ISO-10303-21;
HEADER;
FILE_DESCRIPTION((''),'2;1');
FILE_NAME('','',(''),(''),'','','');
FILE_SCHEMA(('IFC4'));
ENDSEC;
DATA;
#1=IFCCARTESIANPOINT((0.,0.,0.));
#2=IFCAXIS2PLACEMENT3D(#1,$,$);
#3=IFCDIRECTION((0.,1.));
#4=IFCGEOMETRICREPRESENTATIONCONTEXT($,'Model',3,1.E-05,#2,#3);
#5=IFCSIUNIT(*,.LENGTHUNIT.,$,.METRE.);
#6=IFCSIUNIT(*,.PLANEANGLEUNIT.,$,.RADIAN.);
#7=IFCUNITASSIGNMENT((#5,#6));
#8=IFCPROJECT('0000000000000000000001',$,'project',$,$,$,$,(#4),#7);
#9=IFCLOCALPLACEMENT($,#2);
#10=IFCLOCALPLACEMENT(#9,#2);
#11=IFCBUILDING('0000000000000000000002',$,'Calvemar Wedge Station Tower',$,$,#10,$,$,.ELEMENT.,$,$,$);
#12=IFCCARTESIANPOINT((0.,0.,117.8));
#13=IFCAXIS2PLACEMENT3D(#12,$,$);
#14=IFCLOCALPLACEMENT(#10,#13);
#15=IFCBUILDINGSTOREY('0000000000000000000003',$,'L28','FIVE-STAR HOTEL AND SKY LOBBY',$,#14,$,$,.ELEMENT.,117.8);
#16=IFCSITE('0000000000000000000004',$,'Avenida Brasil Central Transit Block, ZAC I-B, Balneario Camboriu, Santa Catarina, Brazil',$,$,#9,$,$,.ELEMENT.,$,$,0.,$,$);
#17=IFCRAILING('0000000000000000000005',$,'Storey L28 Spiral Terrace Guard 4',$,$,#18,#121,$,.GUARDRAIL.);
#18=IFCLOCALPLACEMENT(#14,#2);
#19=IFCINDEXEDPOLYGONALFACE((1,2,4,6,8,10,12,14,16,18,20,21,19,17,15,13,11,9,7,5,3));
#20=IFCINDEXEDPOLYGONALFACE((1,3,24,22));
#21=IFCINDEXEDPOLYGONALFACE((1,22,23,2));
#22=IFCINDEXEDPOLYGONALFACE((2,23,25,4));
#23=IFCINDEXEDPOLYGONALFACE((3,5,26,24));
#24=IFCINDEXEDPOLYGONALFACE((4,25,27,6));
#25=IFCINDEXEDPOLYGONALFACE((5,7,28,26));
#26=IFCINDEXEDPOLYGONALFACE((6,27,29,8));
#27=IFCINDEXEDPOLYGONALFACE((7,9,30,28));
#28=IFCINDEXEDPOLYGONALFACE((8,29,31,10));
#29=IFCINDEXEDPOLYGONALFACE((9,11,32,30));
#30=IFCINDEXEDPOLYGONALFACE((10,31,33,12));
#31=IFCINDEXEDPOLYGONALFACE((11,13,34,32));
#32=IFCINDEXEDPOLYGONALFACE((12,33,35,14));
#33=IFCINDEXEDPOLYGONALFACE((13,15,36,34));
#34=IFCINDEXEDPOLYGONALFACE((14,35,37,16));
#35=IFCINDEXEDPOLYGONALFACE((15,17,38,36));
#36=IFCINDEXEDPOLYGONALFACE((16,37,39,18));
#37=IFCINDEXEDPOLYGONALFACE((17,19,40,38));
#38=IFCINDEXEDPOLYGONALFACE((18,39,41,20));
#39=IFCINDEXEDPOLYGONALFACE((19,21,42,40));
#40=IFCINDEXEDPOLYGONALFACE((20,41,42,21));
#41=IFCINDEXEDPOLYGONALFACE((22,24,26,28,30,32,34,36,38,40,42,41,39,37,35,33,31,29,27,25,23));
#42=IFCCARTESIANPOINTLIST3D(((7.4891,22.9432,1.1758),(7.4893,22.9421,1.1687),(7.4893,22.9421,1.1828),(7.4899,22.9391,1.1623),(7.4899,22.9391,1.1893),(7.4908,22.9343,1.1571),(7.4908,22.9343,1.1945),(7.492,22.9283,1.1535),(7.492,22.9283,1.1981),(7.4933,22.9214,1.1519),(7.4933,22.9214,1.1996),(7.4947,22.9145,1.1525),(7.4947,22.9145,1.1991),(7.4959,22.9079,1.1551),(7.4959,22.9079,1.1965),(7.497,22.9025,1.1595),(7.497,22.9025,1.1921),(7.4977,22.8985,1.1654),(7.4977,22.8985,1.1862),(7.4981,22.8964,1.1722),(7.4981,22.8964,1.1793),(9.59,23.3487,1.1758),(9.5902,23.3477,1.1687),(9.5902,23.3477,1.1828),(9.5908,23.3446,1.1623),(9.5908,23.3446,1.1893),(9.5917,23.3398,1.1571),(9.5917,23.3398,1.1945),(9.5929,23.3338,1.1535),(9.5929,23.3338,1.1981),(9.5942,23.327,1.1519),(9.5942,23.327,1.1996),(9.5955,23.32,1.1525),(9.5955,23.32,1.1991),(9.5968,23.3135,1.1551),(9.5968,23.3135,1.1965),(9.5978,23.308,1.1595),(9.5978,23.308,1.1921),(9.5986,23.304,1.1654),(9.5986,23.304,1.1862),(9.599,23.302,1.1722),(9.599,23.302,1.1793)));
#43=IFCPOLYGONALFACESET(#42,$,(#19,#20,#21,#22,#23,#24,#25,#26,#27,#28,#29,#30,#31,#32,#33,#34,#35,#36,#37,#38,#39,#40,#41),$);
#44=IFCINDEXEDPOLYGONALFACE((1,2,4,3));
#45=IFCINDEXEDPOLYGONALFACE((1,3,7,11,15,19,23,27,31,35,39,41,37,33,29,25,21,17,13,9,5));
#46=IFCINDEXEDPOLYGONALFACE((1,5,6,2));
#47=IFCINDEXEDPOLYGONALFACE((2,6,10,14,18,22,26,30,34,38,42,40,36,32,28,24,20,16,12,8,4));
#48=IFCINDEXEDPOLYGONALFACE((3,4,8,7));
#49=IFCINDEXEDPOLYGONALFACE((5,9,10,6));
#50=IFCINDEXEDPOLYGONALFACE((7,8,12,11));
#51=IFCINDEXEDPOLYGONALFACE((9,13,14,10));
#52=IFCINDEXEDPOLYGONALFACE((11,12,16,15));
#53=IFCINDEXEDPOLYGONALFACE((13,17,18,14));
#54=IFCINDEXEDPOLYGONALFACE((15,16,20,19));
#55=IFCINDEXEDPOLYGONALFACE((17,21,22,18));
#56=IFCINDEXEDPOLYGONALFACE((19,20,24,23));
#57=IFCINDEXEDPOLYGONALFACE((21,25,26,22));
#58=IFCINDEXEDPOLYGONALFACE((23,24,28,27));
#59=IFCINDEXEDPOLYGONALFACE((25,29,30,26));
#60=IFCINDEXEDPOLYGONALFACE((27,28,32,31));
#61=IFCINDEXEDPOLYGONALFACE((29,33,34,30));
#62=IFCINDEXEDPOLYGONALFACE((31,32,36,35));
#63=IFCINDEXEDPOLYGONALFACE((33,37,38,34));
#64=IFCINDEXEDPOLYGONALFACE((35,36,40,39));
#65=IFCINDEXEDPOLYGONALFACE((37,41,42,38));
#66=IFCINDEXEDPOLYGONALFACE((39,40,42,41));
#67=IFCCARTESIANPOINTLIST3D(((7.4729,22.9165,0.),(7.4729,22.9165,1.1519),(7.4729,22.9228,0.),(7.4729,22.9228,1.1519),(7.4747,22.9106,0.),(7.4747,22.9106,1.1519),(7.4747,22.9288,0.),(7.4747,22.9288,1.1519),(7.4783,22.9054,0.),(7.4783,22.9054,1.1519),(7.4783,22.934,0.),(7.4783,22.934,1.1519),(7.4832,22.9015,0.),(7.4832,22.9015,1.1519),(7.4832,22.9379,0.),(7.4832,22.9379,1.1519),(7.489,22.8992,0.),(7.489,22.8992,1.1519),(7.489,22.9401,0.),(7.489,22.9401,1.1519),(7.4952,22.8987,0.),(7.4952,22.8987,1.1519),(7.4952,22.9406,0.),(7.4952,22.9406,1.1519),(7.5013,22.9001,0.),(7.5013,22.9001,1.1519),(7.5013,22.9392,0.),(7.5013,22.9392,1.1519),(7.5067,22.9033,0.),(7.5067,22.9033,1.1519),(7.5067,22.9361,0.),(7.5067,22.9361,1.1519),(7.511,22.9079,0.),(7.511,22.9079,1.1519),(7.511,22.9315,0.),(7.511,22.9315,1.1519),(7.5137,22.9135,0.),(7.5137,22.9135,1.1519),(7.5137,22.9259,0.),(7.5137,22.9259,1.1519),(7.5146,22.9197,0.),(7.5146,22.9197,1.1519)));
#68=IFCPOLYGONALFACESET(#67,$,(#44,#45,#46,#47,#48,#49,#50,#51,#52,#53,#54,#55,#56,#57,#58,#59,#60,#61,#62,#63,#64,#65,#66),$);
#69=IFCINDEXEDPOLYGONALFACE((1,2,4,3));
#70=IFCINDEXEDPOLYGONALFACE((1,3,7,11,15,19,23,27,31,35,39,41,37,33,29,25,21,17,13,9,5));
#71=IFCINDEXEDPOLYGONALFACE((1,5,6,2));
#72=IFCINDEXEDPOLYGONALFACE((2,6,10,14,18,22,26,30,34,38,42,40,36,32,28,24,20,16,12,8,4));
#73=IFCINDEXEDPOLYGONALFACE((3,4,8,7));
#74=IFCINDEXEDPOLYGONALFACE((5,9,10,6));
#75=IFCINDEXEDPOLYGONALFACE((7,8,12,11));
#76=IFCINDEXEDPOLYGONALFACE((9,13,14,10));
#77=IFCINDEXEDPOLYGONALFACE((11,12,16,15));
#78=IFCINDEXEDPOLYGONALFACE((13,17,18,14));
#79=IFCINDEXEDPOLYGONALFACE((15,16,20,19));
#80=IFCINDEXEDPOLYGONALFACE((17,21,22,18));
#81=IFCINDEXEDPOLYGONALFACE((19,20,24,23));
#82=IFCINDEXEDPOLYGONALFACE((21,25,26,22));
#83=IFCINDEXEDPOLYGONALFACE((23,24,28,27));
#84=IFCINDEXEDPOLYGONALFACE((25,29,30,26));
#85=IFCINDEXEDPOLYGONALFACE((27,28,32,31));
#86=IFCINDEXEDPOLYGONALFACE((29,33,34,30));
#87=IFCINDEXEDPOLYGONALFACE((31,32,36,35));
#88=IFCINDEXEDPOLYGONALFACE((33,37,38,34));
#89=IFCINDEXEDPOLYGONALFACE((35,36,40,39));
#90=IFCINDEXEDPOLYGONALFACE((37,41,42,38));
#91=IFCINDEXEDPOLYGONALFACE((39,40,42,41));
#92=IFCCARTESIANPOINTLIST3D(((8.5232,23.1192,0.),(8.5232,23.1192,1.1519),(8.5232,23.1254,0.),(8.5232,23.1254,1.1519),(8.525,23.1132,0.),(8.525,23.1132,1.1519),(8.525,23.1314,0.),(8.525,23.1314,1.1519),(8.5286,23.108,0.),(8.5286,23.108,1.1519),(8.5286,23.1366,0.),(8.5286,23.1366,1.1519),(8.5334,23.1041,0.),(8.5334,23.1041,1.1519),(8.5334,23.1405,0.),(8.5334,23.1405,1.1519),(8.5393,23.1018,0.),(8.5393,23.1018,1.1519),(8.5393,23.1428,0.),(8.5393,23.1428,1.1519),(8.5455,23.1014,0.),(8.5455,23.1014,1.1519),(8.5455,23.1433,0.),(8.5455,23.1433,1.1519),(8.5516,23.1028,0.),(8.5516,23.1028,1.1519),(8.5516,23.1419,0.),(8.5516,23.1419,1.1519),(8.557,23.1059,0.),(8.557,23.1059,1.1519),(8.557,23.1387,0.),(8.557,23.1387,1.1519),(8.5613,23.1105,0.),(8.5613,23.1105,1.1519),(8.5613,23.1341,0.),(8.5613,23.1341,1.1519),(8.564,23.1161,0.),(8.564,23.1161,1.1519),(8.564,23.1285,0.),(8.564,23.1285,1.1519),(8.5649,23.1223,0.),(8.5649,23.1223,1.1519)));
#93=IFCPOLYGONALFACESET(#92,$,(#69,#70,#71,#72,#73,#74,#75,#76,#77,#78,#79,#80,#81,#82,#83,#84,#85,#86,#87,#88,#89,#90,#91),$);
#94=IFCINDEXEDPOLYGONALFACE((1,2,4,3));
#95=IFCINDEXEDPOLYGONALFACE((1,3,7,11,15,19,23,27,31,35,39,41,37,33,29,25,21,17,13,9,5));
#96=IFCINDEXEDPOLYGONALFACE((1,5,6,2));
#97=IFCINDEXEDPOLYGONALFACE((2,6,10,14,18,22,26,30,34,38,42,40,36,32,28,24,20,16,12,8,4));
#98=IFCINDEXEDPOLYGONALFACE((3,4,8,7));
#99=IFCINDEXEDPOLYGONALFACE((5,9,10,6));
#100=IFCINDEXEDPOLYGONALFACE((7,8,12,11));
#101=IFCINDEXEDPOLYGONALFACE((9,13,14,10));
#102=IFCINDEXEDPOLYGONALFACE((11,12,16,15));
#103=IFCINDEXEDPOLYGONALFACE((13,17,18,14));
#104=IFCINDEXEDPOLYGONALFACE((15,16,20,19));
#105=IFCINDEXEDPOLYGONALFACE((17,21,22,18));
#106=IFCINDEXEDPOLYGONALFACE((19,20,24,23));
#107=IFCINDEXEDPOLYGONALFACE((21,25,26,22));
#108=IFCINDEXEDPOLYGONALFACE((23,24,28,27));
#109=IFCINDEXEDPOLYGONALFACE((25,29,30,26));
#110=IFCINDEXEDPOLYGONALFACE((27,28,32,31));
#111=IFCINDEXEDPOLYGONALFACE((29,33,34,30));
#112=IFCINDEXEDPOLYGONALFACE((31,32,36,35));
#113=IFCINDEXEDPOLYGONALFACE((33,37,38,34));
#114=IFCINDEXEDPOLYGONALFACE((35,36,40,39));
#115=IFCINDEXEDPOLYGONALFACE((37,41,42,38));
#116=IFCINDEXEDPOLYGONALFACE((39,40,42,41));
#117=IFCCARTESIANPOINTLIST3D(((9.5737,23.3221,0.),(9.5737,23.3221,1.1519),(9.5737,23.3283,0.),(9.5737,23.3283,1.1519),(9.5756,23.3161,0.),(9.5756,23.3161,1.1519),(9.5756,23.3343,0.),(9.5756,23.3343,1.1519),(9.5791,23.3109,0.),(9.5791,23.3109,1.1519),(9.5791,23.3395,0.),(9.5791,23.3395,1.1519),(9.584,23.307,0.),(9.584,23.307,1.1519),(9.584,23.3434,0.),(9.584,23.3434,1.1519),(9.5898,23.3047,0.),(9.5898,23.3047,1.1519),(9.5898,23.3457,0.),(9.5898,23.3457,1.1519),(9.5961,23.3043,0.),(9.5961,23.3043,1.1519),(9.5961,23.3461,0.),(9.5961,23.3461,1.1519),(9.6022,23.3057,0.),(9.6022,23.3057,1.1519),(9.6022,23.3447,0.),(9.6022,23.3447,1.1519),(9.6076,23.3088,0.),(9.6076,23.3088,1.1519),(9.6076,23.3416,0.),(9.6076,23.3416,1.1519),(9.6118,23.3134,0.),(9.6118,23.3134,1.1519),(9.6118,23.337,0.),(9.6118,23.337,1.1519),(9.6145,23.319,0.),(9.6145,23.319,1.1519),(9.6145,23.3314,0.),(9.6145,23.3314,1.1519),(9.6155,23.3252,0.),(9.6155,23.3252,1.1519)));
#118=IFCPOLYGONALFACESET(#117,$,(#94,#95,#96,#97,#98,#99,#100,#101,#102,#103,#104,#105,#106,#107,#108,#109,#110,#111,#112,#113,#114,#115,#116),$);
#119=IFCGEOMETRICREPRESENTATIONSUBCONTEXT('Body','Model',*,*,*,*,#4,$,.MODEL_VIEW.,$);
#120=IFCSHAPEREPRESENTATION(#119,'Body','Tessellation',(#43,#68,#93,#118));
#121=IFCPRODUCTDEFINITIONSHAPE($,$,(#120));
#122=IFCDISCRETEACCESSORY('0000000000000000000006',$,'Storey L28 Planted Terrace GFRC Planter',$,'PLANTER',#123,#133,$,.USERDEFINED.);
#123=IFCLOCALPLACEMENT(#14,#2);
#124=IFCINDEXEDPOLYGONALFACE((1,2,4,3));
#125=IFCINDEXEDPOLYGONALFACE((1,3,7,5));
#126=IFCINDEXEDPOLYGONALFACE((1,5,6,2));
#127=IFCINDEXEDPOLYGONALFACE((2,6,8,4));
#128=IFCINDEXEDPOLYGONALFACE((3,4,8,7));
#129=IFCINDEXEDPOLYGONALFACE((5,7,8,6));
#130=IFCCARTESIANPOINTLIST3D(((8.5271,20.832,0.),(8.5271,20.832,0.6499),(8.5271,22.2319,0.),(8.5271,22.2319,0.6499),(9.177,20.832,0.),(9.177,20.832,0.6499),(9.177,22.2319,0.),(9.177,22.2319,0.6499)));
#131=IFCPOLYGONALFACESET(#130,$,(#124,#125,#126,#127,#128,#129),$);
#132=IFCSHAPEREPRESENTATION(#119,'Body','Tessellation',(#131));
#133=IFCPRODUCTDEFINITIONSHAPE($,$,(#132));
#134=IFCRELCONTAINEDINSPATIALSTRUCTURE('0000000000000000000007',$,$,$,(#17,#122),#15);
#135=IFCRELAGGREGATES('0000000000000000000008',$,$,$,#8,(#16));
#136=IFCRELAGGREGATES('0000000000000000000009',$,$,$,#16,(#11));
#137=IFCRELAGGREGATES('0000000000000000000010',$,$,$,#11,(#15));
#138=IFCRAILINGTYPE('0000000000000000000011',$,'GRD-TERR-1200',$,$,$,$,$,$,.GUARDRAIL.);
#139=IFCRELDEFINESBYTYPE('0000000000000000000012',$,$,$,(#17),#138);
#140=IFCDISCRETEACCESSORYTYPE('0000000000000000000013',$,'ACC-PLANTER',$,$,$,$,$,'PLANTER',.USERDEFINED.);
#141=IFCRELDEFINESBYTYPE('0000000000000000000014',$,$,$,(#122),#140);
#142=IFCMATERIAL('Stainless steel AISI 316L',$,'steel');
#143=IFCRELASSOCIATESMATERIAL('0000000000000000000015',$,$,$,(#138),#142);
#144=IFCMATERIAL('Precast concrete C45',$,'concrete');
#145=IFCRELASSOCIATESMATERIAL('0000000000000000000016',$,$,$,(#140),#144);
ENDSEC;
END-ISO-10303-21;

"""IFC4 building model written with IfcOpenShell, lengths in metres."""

from ifc_helpers import new_model, si_unit, direction, frame, origin, origin_2d, place, context, subcontext, project, spatial, rectangle, circle, extrude, source, transform, mapped, material, type_object, element, save


model = new_model("IFC4")

# Units and contexts
model_context = context("Model", 3, precision=1e-05, world=origin(), true_north=direction((0.0, 1.0)))
body_context = subcontext(model_context, "Body", "Model", "MODEL_VIEW")
ifc_project = project(units=[si_unit("LENGTHUNIT", "METRE"), si_unit("PLANEANGLEUNIT", "RADIAN")], contexts=[model_context])

# Site, building, storey
site_placement = place(None, origin())
site = spatial("IfcSite", under=ifc_project, at=site_placement, Name="Avenida Brasil Central Transit Block, ZAC I-B, Balneario Camboriu, Santa Catarina, Brazil", CompositionType="ELEMENT", RefElevation=0.0)
building_placement = place(site_placement, origin())
building = spatial("IfcBuilding", under=site, at=building_placement, Name="Calvemar Wedge Station Tower", CompositionType="ELEMENT")
storey_placement = place(building_placement, frame((0.0, 0.0, 117.8)))
storey = spatial("IfcBuildingStorey", under=building, at=storey_placement, Name="L28", Description="FIVE-STAR HOTEL AND SKY LOBBY", CompositionType="ELEMENT", Elevation=117.8)

# Railing
ifc_material_1 = material(Name="Stainless steel AISI 316L", Category="steel")
railing_type = type_object("IfcRailingType", Name="GRD-TERR-1200", PredefinedType="GUARDRAIL", material=ifc_material_1)
railing_1_placement = place(storey_placement, frame((7.4937, 22.9197, 0.0)))
element("IfcRailing", 1, at=railing_1_placement, inside=storey, type_object=railing_type, Name="Storey L28 Spiral Terrace Guard 4", PredefinedType="GUARDRAIL", context=body_context, shape_type="SweptSolid", body=[
    extrude(circle(Radius=0.0239, at=origin_2d()), frame((0.0, 0.0, 1.1758), z_axis=(0.981875, 0.189529, 0.0), x_axis=(-0.189529, 0.981875, 0.0)), (0.0, 0.0, 1.0), 2.1396),
    extrude(circle(Radius=0.021, at=origin_2d()), origin(), (0.0, 0.0, 1.0), 1.1519),
    extrude(circle(Radius=0.021, at=origin_2d()), frame((1.0503, 0.2026, 0.0)), (0.0, 0.0, 1.0), 1.1519),
    extrude(circle(Radius=0.021, at=origin_2d()), frame((2.1008, 0.4055, 0.0)), (0.0, 0.0, 1.0), 1.1519),
])

# Discrete accessory
ifc_material_2 = material(Name="Precast concrete C45", Category="concrete")
discrete_accessory_type = type_object("IfcDiscreteAccessoryType", Name="ACC-PLANTER", ElementType="PLANTER", PredefinedType="USERDEFINED", material=ifc_material_2)
shared_shape_1 = source(origin(), body_context, "Body", "SweptSolid", [
    extrude(rectangle(XDim=0.6499, YDim=1.3999, at=origin_2d()), origin(), (0.0, 0.0, 1.0), 0.6499),
])
discrete_accessory_placement = place(storey_placement, frame((8.8521, 21.532, 0.0), z_axis=(0.0, 0.0, 1.0), x_axis=(1.0, 0.0, 0.0)))
element("IfcDiscreteAccessory", 2, at=discrete_accessory_placement, inside=storey, type_object=discrete_accessory_type, Name="Storey L28 Planted Terrace GFRC Planter", ObjectType="PLANTER", PredefinedType="USERDEFINED", context=body_context, shape_type="MappedRepresentation", body=[
    mapped(shared_shape_1, transform((0.0, 0.0, 0.0), scale=1.0)),
])

save(model, "model.ifc")
